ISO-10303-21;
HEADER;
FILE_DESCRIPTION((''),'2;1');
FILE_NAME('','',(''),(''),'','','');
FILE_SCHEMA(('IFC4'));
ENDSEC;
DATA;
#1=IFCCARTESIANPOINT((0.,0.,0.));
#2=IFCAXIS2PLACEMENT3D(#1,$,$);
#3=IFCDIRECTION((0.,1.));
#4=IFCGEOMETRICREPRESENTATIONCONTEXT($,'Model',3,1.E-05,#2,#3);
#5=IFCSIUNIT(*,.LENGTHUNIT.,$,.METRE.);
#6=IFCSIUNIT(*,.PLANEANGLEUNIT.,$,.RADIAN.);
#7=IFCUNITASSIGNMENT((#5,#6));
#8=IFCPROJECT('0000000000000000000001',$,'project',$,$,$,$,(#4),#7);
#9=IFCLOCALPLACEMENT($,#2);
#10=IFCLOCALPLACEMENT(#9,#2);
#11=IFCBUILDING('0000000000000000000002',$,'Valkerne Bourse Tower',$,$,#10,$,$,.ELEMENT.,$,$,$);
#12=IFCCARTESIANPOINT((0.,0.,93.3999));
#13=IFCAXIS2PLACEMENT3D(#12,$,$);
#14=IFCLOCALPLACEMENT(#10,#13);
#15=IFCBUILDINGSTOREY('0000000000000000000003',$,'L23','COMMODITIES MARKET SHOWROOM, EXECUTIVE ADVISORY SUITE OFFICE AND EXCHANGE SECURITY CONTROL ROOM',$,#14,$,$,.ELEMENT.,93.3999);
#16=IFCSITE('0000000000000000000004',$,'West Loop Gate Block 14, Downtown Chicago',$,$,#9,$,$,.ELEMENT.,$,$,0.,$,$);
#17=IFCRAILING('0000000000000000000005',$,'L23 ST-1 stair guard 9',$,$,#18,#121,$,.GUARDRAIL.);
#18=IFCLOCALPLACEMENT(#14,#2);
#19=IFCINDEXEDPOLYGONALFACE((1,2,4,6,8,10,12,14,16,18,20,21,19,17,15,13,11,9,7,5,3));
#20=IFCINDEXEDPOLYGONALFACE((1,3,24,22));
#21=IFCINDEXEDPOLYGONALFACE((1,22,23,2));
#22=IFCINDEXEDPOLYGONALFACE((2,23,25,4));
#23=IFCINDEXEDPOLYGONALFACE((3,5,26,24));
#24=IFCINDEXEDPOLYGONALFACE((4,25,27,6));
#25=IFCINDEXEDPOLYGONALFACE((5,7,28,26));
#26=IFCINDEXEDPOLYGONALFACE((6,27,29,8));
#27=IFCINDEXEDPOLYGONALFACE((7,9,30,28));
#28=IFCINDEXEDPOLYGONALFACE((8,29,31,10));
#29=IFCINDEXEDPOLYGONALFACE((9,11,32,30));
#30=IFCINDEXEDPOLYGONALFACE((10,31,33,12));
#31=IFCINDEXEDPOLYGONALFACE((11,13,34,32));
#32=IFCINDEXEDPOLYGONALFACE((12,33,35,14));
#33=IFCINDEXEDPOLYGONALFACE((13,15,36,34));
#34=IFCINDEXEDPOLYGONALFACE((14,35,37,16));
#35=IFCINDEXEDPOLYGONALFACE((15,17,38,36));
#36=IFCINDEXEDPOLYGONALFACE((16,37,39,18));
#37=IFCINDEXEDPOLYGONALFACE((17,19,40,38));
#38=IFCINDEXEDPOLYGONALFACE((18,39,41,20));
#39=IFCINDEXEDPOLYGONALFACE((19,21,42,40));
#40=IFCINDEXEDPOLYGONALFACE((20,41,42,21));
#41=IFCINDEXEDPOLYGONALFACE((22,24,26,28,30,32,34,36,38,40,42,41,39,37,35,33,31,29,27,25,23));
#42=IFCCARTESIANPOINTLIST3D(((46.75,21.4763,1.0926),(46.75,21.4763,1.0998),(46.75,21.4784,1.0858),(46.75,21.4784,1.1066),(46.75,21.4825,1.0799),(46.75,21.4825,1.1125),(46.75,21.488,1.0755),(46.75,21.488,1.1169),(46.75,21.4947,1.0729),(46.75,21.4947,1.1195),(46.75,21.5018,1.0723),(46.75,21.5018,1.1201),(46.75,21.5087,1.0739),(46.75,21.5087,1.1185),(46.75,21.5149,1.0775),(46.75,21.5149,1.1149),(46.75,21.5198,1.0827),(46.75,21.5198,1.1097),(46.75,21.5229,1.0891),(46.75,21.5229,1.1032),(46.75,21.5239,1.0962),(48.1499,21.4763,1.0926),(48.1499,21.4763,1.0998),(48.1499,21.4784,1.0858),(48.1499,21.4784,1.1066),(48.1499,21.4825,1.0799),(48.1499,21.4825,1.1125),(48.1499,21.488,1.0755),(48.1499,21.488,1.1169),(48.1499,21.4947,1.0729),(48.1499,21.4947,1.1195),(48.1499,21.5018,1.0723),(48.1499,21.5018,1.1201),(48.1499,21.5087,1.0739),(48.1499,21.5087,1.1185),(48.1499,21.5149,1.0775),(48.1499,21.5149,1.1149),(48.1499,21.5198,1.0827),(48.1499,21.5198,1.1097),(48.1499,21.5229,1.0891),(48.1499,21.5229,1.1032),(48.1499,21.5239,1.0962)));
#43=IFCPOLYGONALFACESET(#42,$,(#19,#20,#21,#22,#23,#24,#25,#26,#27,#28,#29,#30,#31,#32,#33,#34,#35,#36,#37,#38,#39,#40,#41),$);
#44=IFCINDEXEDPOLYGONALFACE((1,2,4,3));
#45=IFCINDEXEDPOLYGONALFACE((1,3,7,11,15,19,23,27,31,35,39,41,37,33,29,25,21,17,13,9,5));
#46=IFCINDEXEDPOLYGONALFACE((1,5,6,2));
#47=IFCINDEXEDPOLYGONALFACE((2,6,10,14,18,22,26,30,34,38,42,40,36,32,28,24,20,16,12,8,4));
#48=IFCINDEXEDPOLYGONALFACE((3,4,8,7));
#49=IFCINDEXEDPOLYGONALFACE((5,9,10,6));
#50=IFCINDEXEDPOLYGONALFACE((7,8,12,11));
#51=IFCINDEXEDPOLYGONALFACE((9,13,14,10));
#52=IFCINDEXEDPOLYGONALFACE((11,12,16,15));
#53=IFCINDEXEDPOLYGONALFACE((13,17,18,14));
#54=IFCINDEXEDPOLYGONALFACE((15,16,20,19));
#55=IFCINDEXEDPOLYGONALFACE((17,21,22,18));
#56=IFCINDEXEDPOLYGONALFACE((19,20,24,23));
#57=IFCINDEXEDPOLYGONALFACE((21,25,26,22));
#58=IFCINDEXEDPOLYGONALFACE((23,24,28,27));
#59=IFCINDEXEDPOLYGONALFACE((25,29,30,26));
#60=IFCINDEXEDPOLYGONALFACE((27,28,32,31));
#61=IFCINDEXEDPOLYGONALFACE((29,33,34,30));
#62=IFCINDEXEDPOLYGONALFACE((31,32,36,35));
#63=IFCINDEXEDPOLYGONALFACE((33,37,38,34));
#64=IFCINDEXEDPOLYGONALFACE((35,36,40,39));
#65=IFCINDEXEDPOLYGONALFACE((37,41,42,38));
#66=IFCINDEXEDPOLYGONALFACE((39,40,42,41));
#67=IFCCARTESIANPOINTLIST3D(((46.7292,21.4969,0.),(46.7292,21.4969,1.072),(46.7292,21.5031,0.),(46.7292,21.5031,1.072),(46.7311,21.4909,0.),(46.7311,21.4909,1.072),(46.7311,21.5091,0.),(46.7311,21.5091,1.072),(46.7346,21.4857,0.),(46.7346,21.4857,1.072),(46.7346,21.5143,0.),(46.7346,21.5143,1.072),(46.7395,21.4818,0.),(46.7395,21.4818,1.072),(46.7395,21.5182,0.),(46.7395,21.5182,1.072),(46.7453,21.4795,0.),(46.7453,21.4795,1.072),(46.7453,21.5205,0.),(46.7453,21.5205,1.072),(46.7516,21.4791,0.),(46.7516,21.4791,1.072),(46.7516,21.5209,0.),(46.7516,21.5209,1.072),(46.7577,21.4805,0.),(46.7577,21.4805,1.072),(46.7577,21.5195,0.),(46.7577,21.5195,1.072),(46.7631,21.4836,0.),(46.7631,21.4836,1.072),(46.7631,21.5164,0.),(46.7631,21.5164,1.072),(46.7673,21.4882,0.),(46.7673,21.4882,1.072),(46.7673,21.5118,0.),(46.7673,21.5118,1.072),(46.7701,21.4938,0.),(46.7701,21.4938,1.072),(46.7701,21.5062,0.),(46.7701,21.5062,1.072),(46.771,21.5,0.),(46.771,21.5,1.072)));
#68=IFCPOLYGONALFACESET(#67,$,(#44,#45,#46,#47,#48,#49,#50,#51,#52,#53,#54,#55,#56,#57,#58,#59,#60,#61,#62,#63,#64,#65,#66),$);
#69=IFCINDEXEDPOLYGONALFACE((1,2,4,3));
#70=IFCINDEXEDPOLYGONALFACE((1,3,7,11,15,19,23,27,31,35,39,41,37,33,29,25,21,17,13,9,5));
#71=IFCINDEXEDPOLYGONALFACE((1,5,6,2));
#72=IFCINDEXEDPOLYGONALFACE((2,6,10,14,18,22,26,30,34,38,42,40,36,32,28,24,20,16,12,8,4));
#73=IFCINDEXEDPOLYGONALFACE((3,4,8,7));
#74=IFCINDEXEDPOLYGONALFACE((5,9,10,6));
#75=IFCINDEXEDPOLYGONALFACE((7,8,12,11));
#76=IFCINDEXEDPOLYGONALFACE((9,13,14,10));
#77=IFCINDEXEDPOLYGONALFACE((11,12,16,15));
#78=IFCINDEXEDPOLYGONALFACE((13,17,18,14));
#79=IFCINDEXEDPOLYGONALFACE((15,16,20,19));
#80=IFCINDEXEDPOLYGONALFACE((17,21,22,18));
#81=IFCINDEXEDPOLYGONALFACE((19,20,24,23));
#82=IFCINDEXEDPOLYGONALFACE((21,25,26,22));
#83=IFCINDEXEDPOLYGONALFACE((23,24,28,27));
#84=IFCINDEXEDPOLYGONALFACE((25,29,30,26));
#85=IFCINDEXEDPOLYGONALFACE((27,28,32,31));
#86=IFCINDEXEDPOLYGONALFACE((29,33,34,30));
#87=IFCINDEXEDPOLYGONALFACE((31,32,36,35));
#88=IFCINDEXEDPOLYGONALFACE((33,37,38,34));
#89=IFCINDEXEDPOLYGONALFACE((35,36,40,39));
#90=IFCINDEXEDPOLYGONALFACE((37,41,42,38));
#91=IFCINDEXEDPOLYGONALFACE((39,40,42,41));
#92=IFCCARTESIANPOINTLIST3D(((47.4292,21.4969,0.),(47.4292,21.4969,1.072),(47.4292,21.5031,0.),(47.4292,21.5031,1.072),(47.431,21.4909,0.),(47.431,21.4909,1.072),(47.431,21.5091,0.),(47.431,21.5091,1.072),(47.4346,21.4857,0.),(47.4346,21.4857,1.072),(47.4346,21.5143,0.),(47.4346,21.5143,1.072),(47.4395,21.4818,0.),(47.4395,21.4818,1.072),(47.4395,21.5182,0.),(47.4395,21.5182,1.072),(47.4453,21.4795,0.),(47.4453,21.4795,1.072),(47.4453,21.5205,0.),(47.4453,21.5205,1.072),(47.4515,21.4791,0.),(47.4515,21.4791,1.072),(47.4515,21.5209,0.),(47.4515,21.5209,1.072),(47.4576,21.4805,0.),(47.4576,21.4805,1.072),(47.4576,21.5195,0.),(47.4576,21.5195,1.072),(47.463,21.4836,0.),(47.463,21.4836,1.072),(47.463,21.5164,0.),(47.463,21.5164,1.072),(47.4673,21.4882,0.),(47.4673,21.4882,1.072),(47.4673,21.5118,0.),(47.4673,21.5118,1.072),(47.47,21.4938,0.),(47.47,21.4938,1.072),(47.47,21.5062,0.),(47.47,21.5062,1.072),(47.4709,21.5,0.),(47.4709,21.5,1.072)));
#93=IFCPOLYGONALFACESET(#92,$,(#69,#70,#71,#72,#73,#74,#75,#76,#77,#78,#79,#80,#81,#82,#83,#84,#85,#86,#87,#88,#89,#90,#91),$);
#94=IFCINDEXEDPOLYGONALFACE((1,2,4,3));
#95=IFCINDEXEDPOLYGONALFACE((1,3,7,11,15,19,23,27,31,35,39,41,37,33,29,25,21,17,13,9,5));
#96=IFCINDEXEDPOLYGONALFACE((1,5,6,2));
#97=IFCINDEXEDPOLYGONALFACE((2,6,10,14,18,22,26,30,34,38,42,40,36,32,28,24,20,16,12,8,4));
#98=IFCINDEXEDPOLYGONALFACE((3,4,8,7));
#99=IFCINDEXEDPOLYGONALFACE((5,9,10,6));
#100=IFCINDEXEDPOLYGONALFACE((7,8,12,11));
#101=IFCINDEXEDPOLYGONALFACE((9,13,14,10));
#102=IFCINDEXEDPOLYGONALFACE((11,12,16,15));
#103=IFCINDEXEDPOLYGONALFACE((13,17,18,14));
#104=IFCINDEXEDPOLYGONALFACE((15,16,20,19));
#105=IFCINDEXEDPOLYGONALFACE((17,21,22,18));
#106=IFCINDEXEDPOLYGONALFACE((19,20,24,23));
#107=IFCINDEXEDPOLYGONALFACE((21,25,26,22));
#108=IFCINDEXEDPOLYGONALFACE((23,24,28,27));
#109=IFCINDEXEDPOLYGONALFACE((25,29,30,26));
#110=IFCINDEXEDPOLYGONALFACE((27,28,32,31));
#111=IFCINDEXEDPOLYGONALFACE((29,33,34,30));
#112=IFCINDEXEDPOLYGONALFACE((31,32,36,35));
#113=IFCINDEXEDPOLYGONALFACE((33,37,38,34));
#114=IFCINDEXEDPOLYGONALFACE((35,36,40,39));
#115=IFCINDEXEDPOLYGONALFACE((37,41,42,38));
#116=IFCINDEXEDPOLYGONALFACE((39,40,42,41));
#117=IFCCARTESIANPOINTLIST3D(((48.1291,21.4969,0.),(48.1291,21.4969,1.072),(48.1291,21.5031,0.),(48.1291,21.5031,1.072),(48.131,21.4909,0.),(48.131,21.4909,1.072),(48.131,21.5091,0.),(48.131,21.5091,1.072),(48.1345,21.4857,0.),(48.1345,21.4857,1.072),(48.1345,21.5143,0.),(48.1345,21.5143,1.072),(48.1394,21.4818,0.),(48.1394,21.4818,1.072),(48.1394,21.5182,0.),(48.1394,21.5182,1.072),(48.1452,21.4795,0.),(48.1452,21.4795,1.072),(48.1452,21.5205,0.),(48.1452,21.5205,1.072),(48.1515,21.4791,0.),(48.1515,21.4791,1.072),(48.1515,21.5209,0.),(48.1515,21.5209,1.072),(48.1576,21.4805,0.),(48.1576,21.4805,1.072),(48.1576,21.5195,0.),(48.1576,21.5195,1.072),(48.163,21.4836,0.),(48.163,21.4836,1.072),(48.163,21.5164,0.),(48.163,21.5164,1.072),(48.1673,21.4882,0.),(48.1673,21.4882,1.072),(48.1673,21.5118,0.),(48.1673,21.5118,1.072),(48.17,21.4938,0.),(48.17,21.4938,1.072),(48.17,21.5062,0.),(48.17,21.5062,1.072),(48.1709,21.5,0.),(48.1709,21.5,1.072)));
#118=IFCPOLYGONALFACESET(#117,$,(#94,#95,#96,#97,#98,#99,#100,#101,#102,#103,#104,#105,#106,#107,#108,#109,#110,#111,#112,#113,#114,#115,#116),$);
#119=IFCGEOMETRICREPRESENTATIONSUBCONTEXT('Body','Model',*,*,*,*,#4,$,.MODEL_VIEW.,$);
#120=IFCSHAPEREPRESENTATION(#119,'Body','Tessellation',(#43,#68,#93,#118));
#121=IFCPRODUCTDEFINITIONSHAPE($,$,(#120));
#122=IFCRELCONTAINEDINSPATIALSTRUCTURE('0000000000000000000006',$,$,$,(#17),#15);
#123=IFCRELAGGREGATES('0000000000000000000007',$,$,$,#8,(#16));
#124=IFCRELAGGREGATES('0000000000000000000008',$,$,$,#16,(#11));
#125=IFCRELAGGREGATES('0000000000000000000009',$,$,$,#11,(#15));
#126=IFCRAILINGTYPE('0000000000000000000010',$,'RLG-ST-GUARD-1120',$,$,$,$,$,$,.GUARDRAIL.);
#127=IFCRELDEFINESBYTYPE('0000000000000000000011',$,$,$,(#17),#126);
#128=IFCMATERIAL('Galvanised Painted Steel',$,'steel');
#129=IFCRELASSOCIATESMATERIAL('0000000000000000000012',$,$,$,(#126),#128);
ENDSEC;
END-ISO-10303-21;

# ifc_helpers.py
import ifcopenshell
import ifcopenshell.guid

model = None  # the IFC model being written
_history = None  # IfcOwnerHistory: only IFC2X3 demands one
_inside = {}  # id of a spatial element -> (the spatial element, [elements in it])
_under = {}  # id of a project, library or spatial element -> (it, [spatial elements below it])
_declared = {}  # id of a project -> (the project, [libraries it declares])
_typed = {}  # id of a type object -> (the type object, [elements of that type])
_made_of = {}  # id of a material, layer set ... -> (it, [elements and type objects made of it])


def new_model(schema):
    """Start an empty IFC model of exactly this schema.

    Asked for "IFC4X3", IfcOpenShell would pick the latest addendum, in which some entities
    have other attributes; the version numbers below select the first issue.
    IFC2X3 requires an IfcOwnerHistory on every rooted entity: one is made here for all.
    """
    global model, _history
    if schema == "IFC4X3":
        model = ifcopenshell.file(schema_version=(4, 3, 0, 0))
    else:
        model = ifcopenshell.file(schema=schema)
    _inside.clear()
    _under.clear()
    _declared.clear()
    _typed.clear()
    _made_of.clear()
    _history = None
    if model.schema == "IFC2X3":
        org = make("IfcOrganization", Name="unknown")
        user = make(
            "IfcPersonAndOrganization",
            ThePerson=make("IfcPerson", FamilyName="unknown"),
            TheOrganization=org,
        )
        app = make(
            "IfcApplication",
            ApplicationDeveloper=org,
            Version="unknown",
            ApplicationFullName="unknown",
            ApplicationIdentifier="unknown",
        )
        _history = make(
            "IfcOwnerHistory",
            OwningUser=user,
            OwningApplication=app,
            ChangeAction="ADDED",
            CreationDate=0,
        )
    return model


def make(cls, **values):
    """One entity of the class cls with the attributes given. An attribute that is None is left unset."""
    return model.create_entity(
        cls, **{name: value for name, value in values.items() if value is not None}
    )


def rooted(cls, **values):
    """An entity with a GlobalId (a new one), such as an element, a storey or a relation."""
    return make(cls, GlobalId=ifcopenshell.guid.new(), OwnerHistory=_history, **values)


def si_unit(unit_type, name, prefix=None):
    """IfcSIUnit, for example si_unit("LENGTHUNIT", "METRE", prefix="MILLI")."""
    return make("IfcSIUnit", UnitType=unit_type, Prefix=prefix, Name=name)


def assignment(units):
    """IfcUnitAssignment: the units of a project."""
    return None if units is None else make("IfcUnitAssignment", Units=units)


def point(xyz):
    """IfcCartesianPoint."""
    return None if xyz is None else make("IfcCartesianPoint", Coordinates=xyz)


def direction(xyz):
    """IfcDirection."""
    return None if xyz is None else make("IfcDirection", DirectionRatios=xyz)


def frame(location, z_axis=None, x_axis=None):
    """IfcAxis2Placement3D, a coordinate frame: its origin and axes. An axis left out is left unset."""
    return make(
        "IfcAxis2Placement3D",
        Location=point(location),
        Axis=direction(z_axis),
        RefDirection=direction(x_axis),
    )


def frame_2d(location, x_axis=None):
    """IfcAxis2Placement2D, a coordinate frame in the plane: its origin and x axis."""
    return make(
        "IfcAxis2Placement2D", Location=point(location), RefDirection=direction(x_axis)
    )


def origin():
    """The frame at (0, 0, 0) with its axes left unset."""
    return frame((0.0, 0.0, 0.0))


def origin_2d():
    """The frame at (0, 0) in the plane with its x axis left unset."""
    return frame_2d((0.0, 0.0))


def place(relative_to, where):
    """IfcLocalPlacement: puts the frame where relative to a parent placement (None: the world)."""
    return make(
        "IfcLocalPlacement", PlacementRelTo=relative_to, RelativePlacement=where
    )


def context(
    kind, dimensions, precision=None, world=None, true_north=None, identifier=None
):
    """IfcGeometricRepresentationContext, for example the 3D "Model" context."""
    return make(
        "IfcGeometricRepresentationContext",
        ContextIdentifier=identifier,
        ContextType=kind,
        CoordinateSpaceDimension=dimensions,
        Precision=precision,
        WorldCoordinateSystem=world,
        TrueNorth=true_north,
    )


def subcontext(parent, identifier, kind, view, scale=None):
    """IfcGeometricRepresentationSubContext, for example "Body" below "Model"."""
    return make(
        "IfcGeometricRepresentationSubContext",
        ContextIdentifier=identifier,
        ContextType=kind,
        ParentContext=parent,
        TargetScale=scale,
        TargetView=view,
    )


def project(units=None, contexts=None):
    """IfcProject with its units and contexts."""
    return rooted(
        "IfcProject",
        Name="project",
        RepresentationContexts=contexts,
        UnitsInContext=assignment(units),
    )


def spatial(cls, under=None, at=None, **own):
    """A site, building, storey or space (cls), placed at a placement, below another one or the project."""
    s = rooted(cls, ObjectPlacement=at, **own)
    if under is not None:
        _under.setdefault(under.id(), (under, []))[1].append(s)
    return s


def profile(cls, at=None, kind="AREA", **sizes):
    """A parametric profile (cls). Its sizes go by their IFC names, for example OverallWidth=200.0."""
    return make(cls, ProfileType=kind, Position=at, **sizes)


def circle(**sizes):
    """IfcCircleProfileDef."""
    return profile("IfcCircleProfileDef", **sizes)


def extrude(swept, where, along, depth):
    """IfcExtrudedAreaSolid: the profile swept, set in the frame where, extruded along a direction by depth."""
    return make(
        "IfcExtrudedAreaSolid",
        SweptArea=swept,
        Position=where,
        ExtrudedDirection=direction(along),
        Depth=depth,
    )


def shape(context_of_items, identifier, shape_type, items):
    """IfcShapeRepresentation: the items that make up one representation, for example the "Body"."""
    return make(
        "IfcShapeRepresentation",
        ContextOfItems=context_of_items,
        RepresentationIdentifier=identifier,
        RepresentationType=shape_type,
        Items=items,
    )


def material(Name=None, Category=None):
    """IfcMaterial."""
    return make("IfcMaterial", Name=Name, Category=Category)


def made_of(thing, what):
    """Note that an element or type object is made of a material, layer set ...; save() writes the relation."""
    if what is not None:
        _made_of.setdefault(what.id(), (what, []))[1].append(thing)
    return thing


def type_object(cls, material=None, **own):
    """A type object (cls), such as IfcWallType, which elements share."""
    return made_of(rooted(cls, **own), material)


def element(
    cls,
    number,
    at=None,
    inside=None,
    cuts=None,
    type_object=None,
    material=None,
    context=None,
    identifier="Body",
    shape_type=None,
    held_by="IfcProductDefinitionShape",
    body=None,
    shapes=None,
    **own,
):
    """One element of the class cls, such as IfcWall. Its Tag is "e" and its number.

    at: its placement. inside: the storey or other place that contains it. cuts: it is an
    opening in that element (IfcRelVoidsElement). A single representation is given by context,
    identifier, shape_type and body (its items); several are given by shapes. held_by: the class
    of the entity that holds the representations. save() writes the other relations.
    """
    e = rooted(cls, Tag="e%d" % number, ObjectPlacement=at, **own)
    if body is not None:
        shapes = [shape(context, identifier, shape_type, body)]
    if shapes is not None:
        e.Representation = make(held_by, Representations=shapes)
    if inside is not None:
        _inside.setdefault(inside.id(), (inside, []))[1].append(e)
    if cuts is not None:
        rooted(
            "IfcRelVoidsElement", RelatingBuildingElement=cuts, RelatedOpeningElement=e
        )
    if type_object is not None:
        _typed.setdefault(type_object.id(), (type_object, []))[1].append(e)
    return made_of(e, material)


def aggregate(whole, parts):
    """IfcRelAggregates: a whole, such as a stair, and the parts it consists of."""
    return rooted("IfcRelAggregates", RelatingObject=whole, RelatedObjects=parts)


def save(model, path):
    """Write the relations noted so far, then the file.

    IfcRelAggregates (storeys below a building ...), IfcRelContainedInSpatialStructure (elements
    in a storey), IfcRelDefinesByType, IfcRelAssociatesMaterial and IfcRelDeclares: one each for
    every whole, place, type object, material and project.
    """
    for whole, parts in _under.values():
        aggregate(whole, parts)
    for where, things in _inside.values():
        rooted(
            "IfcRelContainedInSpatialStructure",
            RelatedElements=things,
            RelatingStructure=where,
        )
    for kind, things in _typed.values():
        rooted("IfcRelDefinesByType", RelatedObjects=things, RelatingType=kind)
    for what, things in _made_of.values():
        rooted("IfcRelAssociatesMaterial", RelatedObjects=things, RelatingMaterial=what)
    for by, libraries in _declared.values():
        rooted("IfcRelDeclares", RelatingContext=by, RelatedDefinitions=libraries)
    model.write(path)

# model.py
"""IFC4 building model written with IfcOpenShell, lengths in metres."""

from ifc_helpers import new_model, si_unit, direction, frame, origin, origin_2d, place, context, subcontext, project, spatial, circle, extrude, material, type_object, element, save


model = new_model("IFC4")

# Units and contexts
model_context = context("Model", 3, precision=1e-05, world=origin(), true_north=direction((0.0, 1.0)))
body_context = subcontext(model_context, "Body", "Model", "MODEL_VIEW")
ifc_project = project(units=[si_unit("LENGTHUNIT", "METRE"), si_unit("PLANEANGLEUNIT", "RADIAN")], contexts=[model_context])

# Site, building, storey
site_placement = place(None, origin())
site = spatial("IfcSite", under=ifc_project, at=site_placement, Name="West Loop Gate Block 14, Downtown Chicago", CompositionType="ELEMENT", RefElevation=0.0)
building_placement = place(site_placement, origin())
building = spatial("IfcBuilding", under=site, at=building_placement, Name="Valkerne Bourse Tower", CompositionType="ELEMENT")
storey_placement = place(building_placement, frame((0.0, 0.0, 93.3999)))
storey = spatial("IfcBuildingStorey", under=building, at=storey_placement, Name="L23", Description="COMMODITIES MARKET SHOWROOM, EXECUTIVE ADVISORY SUITE OFFICE AND EXCHANGE SECURITY CONTROL ROOM", CompositionType="ELEMENT", Elevation=93.3999)

# Shared definitions
ifc_material_1 = material(Name="Galvanised Painted Steel", Category="steel")

# Railing
railing_type = type_object("IfcRailingType", Name="RLG-ST-GUARD-1120", PredefinedType="GUARDRAIL", material=ifc_material_1)
for number, where, name in (
    (1, (46.75, 21.5, 0.0), "L23 ST-1 stair guard 9"),
):
    element("IfcRailing", number, at=place(storey_placement, frame(where)), inside=storey, type_object=railing_type, Name=name, PredefinedType="GUARDRAIL", context=body_context, shape_type="SweptSolid", body=[
        extrude(circle(Radius=0.0239, at=origin_2d()), frame((0.0, 0.0, 1.0962), z_axis=(1.0, 0.0, 0.0), x_axis=(0.0, 1.0, 0.0)), (0.0, 0.0, 1.0), 1.3999),
        extrude(circle(Radius=0.021, at=origin_2d()), origin(), (0.0, 0.0, 1.0), 1.072),
        extrude(circle(Radius=0.021, at=origin_2d()), frame((0.7, 0.0, 0.0)), (0.0, 0.0, 1.0), 1.072),
        extrude(circle(Radius=0.021, at=origin_2d()), frame((1.3999, 0.0, 0.0)), (0.0, 0.0, 1.0), 1.072),
    ])

save(model, "model.ifc")
